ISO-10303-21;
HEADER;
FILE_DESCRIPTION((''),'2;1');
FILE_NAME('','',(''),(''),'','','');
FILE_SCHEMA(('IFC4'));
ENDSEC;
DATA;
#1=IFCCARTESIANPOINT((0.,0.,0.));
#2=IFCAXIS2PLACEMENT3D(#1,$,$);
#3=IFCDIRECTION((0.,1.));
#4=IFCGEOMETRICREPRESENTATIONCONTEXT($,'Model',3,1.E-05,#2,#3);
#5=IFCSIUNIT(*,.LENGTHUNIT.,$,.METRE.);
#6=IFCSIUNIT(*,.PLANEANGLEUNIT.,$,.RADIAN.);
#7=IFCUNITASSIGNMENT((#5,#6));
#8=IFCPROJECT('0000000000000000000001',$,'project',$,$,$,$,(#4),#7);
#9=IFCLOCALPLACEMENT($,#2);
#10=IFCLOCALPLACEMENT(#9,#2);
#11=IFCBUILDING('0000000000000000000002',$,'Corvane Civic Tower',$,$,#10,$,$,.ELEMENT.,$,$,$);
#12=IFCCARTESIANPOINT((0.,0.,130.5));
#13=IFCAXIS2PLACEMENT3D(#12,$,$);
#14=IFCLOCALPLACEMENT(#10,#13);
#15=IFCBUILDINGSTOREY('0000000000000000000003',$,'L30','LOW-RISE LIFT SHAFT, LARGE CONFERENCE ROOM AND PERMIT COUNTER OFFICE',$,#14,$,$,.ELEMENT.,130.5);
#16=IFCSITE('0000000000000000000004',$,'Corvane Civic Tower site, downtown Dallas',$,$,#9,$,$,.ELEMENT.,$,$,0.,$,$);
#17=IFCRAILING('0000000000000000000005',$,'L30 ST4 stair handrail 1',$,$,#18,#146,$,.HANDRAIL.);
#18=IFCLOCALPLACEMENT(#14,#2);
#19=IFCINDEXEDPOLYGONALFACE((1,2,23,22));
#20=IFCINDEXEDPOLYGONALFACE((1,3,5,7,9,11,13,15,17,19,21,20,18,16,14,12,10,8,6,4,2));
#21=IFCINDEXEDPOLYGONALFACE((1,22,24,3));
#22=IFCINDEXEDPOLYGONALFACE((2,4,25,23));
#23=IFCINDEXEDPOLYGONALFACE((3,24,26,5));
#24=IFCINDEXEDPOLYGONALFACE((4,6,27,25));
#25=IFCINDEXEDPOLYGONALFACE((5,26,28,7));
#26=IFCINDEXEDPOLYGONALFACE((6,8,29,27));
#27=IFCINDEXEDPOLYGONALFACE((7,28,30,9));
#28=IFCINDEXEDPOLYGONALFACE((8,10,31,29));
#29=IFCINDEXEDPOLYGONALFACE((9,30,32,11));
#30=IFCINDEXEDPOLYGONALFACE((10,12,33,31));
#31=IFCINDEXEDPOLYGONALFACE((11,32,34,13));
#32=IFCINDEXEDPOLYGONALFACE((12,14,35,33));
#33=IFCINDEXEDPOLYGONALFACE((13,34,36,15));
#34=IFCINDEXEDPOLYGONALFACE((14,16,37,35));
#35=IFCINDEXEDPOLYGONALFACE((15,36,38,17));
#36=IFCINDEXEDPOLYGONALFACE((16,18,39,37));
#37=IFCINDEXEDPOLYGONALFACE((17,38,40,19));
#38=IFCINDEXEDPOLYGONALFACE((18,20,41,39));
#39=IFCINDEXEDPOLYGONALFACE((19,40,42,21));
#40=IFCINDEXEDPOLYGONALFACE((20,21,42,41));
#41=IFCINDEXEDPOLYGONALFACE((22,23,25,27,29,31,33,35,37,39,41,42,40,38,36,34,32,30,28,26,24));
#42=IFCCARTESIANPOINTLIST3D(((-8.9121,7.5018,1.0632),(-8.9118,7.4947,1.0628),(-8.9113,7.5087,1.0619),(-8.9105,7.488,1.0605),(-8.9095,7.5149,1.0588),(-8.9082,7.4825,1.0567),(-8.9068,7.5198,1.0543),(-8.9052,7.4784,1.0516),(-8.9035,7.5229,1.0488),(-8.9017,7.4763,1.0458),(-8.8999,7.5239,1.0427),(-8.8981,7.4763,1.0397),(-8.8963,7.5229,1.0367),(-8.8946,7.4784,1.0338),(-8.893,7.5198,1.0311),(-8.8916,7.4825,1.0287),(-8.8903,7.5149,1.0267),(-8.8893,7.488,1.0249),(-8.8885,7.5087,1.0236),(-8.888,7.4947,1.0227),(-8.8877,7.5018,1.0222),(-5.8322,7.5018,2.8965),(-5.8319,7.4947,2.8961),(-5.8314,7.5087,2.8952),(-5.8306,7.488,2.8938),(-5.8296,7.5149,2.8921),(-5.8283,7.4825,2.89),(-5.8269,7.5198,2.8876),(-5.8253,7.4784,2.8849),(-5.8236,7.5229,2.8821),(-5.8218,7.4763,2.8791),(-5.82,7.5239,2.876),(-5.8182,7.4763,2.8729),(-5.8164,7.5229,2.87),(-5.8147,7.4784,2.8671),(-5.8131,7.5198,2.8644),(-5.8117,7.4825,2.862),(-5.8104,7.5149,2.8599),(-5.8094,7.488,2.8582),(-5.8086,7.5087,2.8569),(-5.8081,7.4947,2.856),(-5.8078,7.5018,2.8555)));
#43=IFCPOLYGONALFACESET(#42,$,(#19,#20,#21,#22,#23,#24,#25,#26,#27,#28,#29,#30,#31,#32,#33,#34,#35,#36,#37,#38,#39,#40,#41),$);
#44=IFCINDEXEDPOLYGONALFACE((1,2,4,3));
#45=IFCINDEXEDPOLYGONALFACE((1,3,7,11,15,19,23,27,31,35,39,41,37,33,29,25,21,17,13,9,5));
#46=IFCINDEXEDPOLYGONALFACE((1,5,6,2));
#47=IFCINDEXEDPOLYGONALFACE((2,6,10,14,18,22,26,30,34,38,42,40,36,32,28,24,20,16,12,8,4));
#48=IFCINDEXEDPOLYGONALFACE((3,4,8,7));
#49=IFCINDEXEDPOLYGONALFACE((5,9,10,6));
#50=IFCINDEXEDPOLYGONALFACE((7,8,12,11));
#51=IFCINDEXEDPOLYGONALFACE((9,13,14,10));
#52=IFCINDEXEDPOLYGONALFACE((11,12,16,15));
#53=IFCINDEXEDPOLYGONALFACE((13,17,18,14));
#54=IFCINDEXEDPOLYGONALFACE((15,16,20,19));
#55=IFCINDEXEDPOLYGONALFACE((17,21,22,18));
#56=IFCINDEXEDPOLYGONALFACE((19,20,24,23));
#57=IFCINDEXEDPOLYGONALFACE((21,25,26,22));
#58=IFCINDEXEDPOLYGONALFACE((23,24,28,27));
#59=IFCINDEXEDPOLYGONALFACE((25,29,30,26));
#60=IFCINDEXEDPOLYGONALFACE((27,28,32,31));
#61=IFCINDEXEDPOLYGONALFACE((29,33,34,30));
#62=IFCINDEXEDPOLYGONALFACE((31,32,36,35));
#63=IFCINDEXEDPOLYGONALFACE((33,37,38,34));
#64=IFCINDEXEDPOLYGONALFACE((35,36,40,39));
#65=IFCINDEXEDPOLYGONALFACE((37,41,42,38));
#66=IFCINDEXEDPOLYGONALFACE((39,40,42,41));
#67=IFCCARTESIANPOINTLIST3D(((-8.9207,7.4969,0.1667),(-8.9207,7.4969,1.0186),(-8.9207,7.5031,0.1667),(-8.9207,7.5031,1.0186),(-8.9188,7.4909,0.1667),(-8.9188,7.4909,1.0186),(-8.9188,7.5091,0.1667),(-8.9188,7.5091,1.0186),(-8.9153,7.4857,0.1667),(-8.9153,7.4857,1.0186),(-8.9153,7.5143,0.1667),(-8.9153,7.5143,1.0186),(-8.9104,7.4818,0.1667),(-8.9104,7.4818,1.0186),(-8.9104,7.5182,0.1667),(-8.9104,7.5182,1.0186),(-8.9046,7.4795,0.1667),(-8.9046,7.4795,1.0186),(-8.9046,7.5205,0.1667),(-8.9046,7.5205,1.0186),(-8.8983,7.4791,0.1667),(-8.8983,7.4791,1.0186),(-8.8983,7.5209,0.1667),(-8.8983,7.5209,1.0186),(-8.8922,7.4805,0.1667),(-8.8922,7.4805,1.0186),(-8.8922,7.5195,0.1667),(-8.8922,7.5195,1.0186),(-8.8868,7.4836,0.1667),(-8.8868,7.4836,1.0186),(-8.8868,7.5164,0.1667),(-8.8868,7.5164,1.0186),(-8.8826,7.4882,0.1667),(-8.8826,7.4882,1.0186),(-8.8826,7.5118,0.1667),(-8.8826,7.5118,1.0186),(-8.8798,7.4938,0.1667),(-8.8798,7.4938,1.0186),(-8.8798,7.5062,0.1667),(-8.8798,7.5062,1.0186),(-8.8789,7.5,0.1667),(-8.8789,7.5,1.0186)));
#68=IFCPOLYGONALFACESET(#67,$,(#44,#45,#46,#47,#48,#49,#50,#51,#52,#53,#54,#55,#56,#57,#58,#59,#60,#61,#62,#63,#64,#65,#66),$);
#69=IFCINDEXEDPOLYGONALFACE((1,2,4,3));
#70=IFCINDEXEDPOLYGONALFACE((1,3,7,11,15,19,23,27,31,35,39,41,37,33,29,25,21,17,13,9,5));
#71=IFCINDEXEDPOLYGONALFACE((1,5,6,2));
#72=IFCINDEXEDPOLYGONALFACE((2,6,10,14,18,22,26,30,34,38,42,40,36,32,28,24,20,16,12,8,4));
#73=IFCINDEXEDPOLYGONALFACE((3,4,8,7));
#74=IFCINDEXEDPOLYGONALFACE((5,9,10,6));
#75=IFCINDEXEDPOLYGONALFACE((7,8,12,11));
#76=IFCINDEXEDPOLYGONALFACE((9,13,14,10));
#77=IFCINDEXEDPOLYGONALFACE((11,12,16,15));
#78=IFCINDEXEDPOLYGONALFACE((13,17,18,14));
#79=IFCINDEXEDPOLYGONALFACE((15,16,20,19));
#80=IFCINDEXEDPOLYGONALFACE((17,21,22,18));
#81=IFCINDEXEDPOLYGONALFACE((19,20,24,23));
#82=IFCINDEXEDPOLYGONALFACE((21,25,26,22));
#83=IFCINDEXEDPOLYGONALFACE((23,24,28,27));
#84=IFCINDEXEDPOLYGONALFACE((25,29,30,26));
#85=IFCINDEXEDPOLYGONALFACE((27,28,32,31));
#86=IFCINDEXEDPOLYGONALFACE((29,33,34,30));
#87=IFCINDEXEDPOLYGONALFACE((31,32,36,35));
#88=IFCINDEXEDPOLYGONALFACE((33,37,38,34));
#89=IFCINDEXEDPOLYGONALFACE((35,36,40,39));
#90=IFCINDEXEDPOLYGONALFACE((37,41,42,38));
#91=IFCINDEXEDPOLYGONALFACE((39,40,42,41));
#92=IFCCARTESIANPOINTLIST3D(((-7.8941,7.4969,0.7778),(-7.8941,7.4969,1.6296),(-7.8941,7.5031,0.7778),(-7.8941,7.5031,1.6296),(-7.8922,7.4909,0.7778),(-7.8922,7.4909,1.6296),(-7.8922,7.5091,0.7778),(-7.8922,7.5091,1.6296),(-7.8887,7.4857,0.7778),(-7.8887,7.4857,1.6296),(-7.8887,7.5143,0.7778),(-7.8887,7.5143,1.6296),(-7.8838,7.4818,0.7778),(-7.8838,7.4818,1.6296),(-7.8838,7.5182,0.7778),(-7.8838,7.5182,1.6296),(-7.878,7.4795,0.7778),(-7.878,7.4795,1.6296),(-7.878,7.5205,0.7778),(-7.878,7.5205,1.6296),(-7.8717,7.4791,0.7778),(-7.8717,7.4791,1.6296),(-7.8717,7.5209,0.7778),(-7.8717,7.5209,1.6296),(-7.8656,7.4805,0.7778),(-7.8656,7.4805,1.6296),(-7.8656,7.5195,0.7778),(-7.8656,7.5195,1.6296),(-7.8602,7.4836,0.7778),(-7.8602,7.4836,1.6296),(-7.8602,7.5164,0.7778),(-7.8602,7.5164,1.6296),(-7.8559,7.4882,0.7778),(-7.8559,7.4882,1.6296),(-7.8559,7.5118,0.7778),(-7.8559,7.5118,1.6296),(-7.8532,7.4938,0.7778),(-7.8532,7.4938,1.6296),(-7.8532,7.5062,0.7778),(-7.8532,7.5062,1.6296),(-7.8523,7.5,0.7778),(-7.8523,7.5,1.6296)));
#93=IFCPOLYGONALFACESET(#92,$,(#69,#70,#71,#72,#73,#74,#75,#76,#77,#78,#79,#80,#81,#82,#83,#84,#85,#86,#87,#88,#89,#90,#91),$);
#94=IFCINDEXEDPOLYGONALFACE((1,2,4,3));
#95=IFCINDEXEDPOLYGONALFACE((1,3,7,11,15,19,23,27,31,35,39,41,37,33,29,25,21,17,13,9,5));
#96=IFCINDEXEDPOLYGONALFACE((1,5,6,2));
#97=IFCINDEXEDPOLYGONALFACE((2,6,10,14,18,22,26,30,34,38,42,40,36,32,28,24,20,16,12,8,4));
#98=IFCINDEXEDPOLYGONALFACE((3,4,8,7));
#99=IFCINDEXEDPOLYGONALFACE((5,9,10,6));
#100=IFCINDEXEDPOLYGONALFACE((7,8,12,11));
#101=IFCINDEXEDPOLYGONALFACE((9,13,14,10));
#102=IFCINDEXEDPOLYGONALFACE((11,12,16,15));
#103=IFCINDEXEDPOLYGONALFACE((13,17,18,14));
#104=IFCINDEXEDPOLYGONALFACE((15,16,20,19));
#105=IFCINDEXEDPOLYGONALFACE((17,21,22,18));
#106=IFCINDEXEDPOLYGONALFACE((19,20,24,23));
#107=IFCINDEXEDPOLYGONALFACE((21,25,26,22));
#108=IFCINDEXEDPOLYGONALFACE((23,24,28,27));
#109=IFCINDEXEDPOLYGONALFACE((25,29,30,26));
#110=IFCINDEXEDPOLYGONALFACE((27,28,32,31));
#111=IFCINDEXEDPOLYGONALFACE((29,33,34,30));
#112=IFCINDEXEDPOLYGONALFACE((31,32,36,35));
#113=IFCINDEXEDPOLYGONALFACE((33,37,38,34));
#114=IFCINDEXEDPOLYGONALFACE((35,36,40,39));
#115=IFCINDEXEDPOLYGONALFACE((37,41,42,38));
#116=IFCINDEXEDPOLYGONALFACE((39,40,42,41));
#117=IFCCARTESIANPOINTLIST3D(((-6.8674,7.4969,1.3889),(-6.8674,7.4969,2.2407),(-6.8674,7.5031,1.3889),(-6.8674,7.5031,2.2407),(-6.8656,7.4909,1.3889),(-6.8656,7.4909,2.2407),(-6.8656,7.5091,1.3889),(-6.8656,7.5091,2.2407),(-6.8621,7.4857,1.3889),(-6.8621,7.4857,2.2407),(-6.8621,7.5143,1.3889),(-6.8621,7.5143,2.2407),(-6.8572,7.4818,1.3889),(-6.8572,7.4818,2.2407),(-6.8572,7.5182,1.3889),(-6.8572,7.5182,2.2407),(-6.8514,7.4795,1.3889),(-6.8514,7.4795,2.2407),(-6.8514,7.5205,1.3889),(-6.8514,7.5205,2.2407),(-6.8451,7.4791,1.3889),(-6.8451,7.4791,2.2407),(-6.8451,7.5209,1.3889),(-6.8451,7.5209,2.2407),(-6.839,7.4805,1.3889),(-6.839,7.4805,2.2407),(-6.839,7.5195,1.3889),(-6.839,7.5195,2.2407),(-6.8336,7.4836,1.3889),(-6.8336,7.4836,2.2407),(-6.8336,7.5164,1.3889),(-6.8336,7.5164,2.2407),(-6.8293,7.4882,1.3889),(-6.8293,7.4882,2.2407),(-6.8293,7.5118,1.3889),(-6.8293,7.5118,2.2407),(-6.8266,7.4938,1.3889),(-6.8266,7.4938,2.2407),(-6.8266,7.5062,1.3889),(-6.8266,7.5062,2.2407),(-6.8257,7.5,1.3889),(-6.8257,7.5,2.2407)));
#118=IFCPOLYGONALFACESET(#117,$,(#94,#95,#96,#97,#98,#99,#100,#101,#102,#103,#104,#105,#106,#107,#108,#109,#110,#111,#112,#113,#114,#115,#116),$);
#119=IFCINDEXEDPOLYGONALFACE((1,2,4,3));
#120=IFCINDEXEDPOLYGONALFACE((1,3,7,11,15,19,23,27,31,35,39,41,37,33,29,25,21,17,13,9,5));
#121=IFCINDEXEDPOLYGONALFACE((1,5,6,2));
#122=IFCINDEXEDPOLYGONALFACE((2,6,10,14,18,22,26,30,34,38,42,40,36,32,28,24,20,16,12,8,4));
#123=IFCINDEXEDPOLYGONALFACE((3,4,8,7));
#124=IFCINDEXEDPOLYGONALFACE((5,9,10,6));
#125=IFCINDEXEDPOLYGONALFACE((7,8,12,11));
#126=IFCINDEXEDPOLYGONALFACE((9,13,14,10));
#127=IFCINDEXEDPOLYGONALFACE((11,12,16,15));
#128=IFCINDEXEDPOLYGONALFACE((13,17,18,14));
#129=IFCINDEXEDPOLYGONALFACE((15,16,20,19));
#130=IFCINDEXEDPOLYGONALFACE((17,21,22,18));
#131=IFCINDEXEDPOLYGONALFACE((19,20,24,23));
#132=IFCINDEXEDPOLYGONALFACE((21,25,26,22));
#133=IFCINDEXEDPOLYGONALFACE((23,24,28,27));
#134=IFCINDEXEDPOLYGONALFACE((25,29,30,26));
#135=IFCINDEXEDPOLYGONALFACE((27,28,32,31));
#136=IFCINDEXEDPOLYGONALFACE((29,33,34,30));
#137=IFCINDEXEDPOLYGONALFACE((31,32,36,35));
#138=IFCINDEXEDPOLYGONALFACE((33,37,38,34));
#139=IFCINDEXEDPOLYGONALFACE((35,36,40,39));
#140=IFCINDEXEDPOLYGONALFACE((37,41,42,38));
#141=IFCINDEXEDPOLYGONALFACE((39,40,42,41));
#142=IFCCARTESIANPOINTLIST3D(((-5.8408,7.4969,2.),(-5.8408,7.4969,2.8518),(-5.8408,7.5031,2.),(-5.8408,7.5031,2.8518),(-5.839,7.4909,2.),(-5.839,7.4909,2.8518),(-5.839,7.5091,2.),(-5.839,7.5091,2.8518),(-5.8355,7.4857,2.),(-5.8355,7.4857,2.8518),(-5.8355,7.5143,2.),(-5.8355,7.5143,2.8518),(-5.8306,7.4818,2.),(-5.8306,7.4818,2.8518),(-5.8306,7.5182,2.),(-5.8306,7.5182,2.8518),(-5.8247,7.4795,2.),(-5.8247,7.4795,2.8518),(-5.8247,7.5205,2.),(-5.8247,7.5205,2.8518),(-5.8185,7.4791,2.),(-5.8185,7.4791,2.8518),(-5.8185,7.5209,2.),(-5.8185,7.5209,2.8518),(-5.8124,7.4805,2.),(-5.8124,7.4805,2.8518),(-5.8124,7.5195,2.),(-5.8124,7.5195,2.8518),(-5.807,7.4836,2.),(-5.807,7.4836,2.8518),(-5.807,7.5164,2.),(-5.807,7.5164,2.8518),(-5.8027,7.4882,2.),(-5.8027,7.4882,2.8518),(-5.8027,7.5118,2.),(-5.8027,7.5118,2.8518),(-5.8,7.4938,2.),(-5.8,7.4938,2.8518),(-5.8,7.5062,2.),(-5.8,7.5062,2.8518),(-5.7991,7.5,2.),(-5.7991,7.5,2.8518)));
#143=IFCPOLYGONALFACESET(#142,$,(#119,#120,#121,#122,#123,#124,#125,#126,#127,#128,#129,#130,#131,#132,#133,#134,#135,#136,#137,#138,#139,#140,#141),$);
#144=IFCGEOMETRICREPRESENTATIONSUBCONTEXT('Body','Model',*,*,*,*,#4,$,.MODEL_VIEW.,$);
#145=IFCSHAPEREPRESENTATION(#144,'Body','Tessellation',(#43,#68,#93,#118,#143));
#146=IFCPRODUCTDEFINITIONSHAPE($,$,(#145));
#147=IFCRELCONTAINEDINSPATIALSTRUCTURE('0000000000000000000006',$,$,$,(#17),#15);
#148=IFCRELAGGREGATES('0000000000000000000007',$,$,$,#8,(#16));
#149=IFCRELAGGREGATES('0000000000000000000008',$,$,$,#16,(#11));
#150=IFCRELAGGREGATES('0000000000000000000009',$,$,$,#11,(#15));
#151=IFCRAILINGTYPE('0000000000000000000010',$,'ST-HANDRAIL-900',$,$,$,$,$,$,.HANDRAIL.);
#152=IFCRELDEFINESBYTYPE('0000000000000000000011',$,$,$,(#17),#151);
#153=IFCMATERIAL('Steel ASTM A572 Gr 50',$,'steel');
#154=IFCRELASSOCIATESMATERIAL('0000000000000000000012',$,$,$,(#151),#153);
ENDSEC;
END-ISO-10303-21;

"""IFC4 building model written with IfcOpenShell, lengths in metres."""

from ifc_helpers import new_model, si_unit, direction, frame, origin, origin_2d, place, context, subcontext, project, spatial, circle, extrude, material, type_object, element, save


model = new_model("IFC4")

# Units and contexts
model_context = context("Model", 3, precision=1e-05, world=origin(), true_north=direction((0.0, 1.0)))
body_context = subcontext(model_context, "Body", "Model", "MODEL_VIEW")
ifc_project = project(units=[si_unit("LENGTHUNIT", "METRE"), si_unit("PLANEANGLEUNIT", "RADIAN")], contexts=[model_context])

# Site, building, storey
site_placement = place(None, origin())
site = spatial("IfcSite", under=ifc_project, at=site_placement, Name="Corvane Civic Tower site, downtown Dallas", CompositionType="ELEMENT", RefElevation=0.0)
building_placement = place(site_placement, origin())
building = spatial("IfcBuilding", under=site, at=building_placement, Name="Corvane Civic Tower", CompositionType="ELEMENT")
storey_placement = place(building_placement, frame((0.0, 0.0, 130.5)))
storey = spatial("IfcBuildingStorey", under=building, at=storey_placement, Name="L30", Description="LOW-RISE LIFT SHAFT, LARGE CONFERENCE ROOM AND PERMIT COUNTER OFFICE", CompositionType="ELEMENT", Elevation=130.5)

# Railing
ifc_material_1 = material(Name="Steel ASTM A572 Gr 50", Category="steel")
railing_type = type_object("IfcRailingType", Name="ST-HANDRAIL-900", PredefinedType="HANDRAIL", material=ifc_material_1)
railing_placement = place(storey_placement, frame((-8.8999, 7.5, 0.1667)))
element("IfcRailing", 1, at=railing_placement, inside=storey, type_object=railing_type, Name="L30 ST4 stair handrail 1", PredefinedType="HANDRAIL", context=body_context, shape_type="SweptSolid", body=[
    extrude(circle(Radius=0.0239, at=origin_2d()), frame((0.0, 0.0, 0.876), z_axis=(0.859291, 0.0, 0.511487), x_axis=(0.0, 1.0, 0.0)), (0.0, 0.0, 1.0), 3.5842),
    extrude(circle(Radius=0.021, at=origin_2d()), origin(), (0.0, 0.0, 1.0), 0.8518),
    extrude(circle(Radius=0.021, at=origin_2d()), frame((1.0266, 0.0, 0.6111)), (0.0, 0.0, 1.0), 0.8518),
    extrude(circle(Radius=0.021, at=origin_2d()), frame((2.0532, 0.0, 1.2222)), (0.0, 0.0, 1.0), 0.8518),
    extrude(circle(Radius=0.021, at=origin_2d()), frame((3.0798, 0.0, 1.8333)), (0.0, 0.0, 1.0), 0.8518),
])

save(model, "model.ifc")
